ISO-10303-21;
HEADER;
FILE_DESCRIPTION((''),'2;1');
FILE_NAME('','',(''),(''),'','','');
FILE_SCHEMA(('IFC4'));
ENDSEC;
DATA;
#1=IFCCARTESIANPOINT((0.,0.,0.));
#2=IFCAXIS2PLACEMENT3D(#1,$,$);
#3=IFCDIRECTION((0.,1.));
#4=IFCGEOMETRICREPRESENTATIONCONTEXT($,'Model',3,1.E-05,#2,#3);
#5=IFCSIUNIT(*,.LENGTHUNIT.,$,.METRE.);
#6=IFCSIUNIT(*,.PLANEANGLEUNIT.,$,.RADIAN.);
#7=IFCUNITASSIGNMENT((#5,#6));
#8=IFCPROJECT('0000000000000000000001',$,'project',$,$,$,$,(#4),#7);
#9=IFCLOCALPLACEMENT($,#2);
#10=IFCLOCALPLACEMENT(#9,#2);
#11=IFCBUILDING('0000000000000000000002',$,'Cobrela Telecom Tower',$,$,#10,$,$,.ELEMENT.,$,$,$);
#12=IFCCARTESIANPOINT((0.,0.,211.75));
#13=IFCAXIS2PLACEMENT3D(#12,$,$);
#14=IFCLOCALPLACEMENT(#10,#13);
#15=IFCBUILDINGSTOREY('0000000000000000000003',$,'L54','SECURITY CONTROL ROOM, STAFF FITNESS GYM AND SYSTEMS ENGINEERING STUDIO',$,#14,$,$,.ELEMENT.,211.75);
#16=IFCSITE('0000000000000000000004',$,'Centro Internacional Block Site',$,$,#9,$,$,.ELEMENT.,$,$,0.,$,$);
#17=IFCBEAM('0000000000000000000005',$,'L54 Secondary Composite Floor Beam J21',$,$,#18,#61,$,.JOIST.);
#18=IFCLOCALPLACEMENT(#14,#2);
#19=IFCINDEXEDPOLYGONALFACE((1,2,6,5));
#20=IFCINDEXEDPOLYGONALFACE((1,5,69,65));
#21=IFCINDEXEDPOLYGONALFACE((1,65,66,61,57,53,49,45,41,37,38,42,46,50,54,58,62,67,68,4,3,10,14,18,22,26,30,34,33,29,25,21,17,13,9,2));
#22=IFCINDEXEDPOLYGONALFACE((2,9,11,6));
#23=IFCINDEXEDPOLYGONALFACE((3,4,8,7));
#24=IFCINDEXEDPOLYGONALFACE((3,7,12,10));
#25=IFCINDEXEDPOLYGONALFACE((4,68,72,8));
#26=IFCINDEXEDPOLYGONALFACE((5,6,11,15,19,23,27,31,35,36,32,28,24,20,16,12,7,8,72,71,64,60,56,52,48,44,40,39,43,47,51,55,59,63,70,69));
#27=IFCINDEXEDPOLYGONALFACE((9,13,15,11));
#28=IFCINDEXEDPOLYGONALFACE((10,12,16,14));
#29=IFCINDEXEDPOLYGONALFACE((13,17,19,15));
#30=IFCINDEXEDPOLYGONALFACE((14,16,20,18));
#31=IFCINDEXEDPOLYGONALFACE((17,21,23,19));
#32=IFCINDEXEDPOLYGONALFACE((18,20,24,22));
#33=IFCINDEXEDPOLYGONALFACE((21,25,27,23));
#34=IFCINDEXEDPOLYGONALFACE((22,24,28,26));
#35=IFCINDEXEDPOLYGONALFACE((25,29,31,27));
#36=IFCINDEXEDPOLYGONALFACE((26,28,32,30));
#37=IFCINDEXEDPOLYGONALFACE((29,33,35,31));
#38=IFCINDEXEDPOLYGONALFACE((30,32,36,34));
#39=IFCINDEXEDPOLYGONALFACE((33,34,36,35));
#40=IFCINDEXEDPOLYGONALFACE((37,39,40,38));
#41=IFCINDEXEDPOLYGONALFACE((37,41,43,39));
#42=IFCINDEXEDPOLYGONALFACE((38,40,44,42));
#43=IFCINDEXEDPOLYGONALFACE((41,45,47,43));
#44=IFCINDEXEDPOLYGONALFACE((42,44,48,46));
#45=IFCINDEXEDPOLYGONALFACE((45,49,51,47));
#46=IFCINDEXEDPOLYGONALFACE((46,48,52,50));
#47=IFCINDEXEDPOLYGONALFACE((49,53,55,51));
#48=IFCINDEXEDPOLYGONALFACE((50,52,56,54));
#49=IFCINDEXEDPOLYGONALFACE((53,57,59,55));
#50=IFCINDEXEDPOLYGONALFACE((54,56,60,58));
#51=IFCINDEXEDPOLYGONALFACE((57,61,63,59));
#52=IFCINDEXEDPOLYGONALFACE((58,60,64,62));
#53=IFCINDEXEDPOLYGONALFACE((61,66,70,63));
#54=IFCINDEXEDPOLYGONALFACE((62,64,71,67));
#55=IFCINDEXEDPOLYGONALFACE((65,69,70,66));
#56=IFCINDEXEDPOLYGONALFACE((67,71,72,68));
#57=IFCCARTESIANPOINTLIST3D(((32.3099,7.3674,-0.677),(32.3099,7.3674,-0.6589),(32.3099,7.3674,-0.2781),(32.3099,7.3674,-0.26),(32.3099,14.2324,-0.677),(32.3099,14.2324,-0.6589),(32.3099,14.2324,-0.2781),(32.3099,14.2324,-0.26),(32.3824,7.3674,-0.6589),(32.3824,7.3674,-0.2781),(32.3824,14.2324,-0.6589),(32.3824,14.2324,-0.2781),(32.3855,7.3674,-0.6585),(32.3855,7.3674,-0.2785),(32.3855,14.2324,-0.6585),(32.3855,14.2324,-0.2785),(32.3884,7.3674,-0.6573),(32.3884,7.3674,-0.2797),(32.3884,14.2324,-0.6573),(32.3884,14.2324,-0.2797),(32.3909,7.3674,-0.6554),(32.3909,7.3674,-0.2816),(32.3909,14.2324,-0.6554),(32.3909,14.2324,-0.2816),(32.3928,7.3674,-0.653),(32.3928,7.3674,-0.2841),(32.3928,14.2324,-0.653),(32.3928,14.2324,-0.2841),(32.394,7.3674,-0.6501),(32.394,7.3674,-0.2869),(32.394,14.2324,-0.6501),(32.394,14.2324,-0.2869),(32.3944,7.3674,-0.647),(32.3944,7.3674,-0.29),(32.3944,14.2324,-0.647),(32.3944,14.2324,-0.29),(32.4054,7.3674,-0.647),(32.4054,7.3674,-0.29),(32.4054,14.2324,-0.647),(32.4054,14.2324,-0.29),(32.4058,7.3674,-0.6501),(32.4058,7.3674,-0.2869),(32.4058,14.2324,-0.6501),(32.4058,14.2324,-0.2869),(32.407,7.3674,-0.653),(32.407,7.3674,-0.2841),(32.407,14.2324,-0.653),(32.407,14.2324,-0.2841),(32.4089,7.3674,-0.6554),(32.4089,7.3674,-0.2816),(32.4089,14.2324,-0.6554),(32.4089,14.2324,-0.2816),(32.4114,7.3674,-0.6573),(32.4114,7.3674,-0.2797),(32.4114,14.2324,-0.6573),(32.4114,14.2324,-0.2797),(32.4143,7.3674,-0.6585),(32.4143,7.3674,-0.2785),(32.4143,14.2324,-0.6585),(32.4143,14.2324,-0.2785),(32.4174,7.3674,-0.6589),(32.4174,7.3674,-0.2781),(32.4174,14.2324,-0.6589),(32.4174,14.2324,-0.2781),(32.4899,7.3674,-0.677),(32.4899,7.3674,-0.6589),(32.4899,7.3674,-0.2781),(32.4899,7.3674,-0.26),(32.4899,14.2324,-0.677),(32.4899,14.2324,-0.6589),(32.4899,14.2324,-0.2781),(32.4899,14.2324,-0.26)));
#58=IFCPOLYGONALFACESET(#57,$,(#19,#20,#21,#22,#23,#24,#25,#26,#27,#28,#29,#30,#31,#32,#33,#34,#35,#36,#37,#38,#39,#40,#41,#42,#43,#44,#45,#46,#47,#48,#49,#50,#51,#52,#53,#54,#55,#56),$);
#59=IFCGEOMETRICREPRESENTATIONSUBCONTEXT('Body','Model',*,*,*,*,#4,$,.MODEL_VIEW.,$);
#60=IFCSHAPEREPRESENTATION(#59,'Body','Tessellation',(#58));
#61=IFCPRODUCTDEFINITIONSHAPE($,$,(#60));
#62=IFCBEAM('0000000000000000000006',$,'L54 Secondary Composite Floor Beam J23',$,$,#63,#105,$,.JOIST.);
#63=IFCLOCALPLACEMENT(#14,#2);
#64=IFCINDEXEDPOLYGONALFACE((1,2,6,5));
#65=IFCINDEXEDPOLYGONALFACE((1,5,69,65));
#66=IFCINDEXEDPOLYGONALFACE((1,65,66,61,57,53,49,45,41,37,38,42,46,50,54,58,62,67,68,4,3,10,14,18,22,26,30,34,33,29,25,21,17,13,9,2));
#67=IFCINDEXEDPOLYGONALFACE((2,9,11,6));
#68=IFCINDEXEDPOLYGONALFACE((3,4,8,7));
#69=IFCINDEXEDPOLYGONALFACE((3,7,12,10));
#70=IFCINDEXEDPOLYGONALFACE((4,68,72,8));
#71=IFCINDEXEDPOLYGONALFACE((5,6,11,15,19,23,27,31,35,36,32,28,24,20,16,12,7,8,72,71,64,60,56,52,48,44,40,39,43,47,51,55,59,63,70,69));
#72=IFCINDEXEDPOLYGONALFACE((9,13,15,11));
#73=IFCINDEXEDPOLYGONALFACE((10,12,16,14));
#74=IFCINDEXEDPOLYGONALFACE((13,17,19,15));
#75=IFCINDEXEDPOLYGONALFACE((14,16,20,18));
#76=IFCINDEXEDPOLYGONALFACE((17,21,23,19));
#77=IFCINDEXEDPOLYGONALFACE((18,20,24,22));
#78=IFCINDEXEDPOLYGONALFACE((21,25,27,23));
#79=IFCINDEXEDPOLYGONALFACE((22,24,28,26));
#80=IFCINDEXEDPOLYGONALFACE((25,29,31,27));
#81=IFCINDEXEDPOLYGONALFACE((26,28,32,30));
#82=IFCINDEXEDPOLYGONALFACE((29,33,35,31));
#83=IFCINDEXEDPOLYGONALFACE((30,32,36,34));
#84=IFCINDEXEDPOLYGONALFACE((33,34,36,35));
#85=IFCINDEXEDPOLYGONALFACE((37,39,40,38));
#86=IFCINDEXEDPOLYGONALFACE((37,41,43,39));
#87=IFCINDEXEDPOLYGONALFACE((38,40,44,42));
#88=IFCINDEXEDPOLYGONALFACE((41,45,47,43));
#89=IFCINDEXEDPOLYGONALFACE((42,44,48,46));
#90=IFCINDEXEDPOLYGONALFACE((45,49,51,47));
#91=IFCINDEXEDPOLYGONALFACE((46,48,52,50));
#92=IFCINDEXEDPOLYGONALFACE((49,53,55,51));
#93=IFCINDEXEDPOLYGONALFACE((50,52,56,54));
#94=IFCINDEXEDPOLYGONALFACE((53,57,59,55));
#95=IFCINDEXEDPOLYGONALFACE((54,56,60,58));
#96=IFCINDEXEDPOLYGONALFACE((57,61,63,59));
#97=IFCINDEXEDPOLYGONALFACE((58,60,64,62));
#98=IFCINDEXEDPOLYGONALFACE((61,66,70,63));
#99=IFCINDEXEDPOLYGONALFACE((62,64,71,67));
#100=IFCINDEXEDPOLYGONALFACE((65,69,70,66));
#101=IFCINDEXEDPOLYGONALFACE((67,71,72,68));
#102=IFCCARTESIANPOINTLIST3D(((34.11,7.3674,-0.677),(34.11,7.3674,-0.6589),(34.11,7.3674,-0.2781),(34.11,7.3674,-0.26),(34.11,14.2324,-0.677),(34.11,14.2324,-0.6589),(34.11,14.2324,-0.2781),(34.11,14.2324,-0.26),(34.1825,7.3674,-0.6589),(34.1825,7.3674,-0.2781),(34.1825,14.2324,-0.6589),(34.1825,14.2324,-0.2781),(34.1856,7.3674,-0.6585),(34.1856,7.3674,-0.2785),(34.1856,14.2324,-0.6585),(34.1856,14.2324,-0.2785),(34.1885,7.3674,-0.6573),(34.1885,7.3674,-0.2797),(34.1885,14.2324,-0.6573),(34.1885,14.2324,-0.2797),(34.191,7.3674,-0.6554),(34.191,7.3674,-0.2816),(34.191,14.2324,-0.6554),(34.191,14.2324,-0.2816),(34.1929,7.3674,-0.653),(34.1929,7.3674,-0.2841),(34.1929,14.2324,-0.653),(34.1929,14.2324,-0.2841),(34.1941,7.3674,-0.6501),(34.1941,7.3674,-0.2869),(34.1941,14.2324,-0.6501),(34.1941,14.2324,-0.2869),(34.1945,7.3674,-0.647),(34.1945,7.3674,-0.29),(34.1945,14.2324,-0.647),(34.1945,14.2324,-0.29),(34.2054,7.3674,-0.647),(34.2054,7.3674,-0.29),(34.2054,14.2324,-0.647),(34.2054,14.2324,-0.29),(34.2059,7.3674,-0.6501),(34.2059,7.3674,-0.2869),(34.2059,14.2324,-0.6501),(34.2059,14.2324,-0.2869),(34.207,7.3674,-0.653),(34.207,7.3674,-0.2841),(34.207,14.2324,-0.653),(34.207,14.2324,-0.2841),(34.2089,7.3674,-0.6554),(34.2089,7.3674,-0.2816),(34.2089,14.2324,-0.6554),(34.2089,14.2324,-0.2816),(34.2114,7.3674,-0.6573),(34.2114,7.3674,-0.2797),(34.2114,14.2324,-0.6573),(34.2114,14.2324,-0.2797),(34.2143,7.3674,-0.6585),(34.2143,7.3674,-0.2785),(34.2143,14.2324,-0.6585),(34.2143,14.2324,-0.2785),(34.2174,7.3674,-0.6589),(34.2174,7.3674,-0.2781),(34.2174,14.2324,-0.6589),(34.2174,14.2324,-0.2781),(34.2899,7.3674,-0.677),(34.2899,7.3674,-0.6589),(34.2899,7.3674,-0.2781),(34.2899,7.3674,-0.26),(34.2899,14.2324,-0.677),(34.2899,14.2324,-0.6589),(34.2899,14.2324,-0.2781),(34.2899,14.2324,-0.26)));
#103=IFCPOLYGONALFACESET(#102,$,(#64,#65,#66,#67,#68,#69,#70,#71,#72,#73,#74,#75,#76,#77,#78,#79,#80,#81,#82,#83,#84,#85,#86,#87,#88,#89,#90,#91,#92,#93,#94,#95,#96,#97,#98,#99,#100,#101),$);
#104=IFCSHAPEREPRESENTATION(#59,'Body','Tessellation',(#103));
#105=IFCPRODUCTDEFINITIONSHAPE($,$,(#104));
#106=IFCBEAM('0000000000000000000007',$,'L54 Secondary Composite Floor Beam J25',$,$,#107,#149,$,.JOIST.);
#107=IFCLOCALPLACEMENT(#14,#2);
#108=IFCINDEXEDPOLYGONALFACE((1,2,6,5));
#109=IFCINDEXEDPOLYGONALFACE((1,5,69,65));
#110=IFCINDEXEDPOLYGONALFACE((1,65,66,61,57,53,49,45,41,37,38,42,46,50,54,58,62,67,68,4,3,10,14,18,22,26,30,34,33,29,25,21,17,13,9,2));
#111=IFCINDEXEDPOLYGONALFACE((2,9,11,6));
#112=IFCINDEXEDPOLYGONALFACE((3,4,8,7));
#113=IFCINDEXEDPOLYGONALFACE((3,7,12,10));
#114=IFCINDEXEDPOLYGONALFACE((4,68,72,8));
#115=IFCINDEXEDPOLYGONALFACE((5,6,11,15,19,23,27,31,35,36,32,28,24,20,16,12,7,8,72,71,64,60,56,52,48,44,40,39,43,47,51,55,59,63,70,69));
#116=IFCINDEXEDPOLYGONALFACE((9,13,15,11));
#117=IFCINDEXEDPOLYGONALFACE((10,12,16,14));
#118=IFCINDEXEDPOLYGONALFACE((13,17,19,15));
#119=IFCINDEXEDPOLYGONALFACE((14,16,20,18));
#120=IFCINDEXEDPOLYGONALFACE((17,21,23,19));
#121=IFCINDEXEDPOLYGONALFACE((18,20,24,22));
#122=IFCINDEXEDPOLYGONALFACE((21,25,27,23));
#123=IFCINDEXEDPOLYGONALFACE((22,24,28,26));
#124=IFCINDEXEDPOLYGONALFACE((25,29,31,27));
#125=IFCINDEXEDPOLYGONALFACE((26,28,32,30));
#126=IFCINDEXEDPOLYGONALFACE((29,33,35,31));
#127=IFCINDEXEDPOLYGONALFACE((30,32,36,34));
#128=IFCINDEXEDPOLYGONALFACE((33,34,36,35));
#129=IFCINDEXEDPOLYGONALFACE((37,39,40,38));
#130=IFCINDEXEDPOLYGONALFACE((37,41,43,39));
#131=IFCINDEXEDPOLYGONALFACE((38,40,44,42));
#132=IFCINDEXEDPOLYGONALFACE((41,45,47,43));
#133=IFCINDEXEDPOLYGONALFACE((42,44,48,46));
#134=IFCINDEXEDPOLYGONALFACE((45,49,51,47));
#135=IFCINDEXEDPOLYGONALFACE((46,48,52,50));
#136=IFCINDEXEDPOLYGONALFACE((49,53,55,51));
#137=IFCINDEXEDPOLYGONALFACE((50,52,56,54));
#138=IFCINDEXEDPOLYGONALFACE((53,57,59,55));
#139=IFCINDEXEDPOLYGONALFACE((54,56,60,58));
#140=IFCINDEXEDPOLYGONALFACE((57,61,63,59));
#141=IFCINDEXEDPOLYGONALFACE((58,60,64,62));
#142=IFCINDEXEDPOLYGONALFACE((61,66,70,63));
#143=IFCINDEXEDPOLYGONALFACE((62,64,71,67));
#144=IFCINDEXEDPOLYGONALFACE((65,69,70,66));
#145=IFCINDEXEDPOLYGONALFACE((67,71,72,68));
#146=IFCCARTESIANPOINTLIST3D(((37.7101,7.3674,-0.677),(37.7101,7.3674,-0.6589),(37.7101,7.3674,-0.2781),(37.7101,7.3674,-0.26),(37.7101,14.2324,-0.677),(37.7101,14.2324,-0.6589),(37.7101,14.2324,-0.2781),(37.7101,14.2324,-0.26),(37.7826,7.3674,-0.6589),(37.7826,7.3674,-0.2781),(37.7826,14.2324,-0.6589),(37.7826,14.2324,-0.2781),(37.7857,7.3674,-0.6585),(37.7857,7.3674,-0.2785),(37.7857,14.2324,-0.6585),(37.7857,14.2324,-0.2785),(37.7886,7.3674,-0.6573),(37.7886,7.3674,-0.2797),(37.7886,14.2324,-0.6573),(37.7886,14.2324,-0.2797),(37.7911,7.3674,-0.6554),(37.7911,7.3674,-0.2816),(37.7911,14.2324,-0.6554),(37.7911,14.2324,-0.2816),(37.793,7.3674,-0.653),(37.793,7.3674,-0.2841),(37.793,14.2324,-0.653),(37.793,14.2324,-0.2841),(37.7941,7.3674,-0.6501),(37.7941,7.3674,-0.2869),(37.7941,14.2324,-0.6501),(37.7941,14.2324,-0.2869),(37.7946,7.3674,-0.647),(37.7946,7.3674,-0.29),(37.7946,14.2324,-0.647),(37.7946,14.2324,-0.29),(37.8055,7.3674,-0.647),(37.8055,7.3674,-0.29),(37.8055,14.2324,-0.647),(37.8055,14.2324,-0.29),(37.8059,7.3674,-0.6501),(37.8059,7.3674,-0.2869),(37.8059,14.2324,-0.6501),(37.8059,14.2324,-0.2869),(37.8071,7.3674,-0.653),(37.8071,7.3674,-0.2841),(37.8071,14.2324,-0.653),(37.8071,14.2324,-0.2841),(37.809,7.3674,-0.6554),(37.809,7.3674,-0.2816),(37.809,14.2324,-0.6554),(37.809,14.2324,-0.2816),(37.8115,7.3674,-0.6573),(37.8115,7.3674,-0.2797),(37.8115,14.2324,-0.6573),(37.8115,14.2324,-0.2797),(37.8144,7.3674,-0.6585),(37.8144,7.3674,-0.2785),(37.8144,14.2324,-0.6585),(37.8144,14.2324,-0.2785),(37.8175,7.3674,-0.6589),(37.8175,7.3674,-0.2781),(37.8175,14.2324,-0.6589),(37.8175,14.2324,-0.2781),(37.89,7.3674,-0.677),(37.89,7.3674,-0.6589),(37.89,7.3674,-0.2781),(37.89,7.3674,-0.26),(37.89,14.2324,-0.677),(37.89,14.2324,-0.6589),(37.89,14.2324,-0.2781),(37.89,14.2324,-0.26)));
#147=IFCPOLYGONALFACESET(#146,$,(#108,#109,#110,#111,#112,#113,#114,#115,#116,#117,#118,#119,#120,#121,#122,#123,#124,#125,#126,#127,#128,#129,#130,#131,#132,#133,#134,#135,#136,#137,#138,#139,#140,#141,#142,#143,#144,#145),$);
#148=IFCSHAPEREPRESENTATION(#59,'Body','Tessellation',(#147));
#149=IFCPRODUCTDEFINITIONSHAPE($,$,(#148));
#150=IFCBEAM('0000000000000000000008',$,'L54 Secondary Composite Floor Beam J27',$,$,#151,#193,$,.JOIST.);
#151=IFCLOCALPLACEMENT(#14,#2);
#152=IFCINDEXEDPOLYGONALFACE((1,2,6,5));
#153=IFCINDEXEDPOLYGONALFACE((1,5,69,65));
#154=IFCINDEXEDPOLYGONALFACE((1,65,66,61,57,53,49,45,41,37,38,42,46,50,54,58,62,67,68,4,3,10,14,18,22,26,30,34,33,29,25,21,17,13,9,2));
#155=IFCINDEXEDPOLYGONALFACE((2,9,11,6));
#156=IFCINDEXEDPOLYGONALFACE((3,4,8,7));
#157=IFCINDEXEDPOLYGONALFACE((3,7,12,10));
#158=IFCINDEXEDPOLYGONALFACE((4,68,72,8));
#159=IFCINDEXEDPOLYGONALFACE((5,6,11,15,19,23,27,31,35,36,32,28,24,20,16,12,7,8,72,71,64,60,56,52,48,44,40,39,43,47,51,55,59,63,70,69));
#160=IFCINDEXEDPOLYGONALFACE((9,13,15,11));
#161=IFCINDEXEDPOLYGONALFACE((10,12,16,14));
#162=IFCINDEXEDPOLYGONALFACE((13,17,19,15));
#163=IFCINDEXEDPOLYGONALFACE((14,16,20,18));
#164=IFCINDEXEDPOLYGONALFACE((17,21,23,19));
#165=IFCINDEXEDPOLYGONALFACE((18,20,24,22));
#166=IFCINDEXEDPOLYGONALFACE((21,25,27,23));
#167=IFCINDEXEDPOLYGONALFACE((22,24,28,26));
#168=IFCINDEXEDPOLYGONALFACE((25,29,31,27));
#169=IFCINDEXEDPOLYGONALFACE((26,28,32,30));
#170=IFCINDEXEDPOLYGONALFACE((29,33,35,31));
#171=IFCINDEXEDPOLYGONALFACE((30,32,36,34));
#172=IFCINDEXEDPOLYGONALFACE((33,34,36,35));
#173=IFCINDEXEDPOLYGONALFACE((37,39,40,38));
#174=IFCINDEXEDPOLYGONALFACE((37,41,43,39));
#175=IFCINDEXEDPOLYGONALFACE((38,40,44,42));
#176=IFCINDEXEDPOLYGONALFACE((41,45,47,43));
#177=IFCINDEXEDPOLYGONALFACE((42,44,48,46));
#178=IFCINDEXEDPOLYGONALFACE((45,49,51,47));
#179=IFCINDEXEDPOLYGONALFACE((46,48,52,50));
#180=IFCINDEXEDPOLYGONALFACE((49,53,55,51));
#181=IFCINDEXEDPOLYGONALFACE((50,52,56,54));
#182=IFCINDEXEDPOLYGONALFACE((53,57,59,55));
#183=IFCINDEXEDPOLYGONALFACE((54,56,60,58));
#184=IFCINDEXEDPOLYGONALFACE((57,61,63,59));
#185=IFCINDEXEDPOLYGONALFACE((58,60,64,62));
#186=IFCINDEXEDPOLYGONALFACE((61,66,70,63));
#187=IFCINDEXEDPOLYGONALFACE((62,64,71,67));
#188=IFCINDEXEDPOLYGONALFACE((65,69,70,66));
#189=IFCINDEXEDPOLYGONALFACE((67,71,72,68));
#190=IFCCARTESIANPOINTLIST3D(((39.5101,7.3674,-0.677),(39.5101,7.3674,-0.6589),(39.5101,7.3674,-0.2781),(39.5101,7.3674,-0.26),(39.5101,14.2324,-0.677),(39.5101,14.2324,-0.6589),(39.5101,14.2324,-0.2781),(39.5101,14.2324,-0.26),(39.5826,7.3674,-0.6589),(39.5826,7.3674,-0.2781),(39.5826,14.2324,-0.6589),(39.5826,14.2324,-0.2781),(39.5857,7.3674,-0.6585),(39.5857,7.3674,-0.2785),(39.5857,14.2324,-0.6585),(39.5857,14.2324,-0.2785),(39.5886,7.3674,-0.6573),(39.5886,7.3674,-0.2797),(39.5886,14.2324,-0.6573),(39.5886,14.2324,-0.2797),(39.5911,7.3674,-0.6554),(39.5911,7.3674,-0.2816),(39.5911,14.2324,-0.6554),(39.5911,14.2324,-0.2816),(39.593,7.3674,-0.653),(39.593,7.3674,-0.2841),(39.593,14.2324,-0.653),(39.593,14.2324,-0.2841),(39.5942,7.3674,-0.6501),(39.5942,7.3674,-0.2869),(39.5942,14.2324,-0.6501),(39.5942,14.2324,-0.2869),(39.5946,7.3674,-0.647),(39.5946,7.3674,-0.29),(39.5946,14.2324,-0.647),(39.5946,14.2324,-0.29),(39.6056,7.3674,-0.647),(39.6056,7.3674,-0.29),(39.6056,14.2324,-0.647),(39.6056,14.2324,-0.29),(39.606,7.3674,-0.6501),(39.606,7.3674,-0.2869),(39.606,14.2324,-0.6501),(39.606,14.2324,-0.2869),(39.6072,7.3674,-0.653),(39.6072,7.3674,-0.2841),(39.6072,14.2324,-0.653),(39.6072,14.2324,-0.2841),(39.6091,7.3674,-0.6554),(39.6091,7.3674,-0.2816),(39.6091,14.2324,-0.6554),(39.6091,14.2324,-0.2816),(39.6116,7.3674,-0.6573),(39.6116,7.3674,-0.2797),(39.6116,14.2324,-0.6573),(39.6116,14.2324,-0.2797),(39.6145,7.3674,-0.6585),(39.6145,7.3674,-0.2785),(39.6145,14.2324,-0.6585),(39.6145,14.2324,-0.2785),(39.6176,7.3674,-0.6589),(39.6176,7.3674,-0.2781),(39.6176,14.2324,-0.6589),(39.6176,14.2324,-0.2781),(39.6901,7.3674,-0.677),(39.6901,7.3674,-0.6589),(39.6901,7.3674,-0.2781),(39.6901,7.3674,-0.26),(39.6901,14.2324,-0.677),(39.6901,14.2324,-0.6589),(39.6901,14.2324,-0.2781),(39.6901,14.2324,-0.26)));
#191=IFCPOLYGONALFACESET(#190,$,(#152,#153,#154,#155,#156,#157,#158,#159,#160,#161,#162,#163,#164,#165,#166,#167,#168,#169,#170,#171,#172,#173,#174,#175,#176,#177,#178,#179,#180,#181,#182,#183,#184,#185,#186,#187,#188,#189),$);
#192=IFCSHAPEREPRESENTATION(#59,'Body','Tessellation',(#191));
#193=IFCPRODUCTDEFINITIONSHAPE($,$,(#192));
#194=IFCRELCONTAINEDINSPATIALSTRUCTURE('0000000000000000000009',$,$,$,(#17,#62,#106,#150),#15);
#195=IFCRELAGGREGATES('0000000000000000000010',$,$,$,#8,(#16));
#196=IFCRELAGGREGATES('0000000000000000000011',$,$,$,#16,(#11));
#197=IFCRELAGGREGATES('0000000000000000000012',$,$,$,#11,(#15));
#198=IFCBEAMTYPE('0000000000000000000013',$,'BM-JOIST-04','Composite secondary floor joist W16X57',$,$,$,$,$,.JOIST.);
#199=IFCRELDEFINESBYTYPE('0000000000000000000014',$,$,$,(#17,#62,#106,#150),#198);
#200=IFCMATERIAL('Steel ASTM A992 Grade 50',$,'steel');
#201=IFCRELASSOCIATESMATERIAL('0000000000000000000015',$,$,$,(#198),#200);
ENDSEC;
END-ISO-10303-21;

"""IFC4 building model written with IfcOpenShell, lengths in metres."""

from ifc_helpers import new_model, si_unit, direction, frame, origin, origin_2d, place, context, subcontext, project, spatial, i_section, extrude, material, material_profile, profile_set, type_object, element, save


model = new_model("IFC4")

# Units and contexts
model_context = context("Model", 3, precision=1e-05, world=origin(), true_north=direction((0.0, 1.0)))
body_context = subcontext(model_context, "Body", "Model", "MODEL_VIEW")
ifc_project = project(units=[si_unit("LENGTHUNIT", "METRE"), si_unit("PLANEANGLEUNIT", "RADIAN")], contexts=[model_context])

# Site, building, storey
site_placement = place(None, origin())
site = spatial("IfcSite", under=ifc_project, at=site_placement, Name="Centro Internacional Block Site", CompositionType="ELEMENT", RefElevation=0.0)
building_placement = place(site_placement, origin())
building = spatial("IfcBuilding", under=site, at=building_placement, Name="Cobrela Telecom Tower", CompositionType="ELEMENT")
storey_placement = place(building_placement, frame((0.0, 0.0, 211.75)))
storey = spatial("IfcBuildingStorey", under=building, at=storey_placement, Name="L54", Description="SECURITY CONTROL ROOM, STAFF FITNESS GYM AND SYSTEMS ENGINEERING STUDIO", CompositionType="ELEMENT", Elevation=211.75)

# Shared definitions
ifc_material_1 = material(Name="Steel ASTM A992 Grade 50", Category="steel")

# Beams
ifc_material_profile_1 = material_profile(ifc_material_1, i_section(OverallWidth=0.1799, OverallDepth=0.417, WebThickness=0.011, FlangeThickness=0.0181, FilletRadius=0.012, at=origin_2d()), Name="W16X57")
ifc_profile_set_1 = profile_set([ifc_material_profile_1], Name="Steel ASTM A992 Grade 50")
beam_type_1 = type_object("IfcBeamType", Name="BM-JOIST-04", Description="Composite secondary floor joist W16X57", PredefinedType="JOIST", material=ifc_profile_set_1)
for number, where, z_axis, x_axis, name in (
    (1, (32.3999, 7.3674, -0.4685), (0.0, 1.0, 0.0), (-1.0, 0.0, 0.0), "L54 Secondary Composite Floor Beam J21"),
    (2, (34.2, 7.3674, -0.4685), (0.0, 1.0, 0.0), (-1.0, 0.0, 0.0), "L54 Secondary Composite Floor Beam J23"),
    (3, (37.8, 7.3674, -0.4685), (0.0, 1.0, 0.0), (-1.0, 0.0, 0.0), "L54 Secondary Composite Floor Beam J25"),
    (4, (39.6001, 7.3674, -0.4685), (0.0, 1.0, 0.0), (-1.0, 0.0, 0.0), "L54 Secondary Composite Floor Beam J27"),
):
    element("IfcBeam", number, at=place(storey_placement, frame(where, z_axis=z_axis, x_axis=x_axis)), inside=storey, type_object=beam_type_1, Name=name, PredefinedType="JOIST", context=body_context, shape_type="SweptSolid", body=[
        extrude(i_section(OverallWidth=0.1799, OverallDepth=0.417, WebThickness=0.011, FlangeThickness=0.0181, FilletRadius=0.012, at=origin_2d()), origin(), (0.0, 0.0, 1.0), 6.865),
    ])

save(model, "model.ifc")
